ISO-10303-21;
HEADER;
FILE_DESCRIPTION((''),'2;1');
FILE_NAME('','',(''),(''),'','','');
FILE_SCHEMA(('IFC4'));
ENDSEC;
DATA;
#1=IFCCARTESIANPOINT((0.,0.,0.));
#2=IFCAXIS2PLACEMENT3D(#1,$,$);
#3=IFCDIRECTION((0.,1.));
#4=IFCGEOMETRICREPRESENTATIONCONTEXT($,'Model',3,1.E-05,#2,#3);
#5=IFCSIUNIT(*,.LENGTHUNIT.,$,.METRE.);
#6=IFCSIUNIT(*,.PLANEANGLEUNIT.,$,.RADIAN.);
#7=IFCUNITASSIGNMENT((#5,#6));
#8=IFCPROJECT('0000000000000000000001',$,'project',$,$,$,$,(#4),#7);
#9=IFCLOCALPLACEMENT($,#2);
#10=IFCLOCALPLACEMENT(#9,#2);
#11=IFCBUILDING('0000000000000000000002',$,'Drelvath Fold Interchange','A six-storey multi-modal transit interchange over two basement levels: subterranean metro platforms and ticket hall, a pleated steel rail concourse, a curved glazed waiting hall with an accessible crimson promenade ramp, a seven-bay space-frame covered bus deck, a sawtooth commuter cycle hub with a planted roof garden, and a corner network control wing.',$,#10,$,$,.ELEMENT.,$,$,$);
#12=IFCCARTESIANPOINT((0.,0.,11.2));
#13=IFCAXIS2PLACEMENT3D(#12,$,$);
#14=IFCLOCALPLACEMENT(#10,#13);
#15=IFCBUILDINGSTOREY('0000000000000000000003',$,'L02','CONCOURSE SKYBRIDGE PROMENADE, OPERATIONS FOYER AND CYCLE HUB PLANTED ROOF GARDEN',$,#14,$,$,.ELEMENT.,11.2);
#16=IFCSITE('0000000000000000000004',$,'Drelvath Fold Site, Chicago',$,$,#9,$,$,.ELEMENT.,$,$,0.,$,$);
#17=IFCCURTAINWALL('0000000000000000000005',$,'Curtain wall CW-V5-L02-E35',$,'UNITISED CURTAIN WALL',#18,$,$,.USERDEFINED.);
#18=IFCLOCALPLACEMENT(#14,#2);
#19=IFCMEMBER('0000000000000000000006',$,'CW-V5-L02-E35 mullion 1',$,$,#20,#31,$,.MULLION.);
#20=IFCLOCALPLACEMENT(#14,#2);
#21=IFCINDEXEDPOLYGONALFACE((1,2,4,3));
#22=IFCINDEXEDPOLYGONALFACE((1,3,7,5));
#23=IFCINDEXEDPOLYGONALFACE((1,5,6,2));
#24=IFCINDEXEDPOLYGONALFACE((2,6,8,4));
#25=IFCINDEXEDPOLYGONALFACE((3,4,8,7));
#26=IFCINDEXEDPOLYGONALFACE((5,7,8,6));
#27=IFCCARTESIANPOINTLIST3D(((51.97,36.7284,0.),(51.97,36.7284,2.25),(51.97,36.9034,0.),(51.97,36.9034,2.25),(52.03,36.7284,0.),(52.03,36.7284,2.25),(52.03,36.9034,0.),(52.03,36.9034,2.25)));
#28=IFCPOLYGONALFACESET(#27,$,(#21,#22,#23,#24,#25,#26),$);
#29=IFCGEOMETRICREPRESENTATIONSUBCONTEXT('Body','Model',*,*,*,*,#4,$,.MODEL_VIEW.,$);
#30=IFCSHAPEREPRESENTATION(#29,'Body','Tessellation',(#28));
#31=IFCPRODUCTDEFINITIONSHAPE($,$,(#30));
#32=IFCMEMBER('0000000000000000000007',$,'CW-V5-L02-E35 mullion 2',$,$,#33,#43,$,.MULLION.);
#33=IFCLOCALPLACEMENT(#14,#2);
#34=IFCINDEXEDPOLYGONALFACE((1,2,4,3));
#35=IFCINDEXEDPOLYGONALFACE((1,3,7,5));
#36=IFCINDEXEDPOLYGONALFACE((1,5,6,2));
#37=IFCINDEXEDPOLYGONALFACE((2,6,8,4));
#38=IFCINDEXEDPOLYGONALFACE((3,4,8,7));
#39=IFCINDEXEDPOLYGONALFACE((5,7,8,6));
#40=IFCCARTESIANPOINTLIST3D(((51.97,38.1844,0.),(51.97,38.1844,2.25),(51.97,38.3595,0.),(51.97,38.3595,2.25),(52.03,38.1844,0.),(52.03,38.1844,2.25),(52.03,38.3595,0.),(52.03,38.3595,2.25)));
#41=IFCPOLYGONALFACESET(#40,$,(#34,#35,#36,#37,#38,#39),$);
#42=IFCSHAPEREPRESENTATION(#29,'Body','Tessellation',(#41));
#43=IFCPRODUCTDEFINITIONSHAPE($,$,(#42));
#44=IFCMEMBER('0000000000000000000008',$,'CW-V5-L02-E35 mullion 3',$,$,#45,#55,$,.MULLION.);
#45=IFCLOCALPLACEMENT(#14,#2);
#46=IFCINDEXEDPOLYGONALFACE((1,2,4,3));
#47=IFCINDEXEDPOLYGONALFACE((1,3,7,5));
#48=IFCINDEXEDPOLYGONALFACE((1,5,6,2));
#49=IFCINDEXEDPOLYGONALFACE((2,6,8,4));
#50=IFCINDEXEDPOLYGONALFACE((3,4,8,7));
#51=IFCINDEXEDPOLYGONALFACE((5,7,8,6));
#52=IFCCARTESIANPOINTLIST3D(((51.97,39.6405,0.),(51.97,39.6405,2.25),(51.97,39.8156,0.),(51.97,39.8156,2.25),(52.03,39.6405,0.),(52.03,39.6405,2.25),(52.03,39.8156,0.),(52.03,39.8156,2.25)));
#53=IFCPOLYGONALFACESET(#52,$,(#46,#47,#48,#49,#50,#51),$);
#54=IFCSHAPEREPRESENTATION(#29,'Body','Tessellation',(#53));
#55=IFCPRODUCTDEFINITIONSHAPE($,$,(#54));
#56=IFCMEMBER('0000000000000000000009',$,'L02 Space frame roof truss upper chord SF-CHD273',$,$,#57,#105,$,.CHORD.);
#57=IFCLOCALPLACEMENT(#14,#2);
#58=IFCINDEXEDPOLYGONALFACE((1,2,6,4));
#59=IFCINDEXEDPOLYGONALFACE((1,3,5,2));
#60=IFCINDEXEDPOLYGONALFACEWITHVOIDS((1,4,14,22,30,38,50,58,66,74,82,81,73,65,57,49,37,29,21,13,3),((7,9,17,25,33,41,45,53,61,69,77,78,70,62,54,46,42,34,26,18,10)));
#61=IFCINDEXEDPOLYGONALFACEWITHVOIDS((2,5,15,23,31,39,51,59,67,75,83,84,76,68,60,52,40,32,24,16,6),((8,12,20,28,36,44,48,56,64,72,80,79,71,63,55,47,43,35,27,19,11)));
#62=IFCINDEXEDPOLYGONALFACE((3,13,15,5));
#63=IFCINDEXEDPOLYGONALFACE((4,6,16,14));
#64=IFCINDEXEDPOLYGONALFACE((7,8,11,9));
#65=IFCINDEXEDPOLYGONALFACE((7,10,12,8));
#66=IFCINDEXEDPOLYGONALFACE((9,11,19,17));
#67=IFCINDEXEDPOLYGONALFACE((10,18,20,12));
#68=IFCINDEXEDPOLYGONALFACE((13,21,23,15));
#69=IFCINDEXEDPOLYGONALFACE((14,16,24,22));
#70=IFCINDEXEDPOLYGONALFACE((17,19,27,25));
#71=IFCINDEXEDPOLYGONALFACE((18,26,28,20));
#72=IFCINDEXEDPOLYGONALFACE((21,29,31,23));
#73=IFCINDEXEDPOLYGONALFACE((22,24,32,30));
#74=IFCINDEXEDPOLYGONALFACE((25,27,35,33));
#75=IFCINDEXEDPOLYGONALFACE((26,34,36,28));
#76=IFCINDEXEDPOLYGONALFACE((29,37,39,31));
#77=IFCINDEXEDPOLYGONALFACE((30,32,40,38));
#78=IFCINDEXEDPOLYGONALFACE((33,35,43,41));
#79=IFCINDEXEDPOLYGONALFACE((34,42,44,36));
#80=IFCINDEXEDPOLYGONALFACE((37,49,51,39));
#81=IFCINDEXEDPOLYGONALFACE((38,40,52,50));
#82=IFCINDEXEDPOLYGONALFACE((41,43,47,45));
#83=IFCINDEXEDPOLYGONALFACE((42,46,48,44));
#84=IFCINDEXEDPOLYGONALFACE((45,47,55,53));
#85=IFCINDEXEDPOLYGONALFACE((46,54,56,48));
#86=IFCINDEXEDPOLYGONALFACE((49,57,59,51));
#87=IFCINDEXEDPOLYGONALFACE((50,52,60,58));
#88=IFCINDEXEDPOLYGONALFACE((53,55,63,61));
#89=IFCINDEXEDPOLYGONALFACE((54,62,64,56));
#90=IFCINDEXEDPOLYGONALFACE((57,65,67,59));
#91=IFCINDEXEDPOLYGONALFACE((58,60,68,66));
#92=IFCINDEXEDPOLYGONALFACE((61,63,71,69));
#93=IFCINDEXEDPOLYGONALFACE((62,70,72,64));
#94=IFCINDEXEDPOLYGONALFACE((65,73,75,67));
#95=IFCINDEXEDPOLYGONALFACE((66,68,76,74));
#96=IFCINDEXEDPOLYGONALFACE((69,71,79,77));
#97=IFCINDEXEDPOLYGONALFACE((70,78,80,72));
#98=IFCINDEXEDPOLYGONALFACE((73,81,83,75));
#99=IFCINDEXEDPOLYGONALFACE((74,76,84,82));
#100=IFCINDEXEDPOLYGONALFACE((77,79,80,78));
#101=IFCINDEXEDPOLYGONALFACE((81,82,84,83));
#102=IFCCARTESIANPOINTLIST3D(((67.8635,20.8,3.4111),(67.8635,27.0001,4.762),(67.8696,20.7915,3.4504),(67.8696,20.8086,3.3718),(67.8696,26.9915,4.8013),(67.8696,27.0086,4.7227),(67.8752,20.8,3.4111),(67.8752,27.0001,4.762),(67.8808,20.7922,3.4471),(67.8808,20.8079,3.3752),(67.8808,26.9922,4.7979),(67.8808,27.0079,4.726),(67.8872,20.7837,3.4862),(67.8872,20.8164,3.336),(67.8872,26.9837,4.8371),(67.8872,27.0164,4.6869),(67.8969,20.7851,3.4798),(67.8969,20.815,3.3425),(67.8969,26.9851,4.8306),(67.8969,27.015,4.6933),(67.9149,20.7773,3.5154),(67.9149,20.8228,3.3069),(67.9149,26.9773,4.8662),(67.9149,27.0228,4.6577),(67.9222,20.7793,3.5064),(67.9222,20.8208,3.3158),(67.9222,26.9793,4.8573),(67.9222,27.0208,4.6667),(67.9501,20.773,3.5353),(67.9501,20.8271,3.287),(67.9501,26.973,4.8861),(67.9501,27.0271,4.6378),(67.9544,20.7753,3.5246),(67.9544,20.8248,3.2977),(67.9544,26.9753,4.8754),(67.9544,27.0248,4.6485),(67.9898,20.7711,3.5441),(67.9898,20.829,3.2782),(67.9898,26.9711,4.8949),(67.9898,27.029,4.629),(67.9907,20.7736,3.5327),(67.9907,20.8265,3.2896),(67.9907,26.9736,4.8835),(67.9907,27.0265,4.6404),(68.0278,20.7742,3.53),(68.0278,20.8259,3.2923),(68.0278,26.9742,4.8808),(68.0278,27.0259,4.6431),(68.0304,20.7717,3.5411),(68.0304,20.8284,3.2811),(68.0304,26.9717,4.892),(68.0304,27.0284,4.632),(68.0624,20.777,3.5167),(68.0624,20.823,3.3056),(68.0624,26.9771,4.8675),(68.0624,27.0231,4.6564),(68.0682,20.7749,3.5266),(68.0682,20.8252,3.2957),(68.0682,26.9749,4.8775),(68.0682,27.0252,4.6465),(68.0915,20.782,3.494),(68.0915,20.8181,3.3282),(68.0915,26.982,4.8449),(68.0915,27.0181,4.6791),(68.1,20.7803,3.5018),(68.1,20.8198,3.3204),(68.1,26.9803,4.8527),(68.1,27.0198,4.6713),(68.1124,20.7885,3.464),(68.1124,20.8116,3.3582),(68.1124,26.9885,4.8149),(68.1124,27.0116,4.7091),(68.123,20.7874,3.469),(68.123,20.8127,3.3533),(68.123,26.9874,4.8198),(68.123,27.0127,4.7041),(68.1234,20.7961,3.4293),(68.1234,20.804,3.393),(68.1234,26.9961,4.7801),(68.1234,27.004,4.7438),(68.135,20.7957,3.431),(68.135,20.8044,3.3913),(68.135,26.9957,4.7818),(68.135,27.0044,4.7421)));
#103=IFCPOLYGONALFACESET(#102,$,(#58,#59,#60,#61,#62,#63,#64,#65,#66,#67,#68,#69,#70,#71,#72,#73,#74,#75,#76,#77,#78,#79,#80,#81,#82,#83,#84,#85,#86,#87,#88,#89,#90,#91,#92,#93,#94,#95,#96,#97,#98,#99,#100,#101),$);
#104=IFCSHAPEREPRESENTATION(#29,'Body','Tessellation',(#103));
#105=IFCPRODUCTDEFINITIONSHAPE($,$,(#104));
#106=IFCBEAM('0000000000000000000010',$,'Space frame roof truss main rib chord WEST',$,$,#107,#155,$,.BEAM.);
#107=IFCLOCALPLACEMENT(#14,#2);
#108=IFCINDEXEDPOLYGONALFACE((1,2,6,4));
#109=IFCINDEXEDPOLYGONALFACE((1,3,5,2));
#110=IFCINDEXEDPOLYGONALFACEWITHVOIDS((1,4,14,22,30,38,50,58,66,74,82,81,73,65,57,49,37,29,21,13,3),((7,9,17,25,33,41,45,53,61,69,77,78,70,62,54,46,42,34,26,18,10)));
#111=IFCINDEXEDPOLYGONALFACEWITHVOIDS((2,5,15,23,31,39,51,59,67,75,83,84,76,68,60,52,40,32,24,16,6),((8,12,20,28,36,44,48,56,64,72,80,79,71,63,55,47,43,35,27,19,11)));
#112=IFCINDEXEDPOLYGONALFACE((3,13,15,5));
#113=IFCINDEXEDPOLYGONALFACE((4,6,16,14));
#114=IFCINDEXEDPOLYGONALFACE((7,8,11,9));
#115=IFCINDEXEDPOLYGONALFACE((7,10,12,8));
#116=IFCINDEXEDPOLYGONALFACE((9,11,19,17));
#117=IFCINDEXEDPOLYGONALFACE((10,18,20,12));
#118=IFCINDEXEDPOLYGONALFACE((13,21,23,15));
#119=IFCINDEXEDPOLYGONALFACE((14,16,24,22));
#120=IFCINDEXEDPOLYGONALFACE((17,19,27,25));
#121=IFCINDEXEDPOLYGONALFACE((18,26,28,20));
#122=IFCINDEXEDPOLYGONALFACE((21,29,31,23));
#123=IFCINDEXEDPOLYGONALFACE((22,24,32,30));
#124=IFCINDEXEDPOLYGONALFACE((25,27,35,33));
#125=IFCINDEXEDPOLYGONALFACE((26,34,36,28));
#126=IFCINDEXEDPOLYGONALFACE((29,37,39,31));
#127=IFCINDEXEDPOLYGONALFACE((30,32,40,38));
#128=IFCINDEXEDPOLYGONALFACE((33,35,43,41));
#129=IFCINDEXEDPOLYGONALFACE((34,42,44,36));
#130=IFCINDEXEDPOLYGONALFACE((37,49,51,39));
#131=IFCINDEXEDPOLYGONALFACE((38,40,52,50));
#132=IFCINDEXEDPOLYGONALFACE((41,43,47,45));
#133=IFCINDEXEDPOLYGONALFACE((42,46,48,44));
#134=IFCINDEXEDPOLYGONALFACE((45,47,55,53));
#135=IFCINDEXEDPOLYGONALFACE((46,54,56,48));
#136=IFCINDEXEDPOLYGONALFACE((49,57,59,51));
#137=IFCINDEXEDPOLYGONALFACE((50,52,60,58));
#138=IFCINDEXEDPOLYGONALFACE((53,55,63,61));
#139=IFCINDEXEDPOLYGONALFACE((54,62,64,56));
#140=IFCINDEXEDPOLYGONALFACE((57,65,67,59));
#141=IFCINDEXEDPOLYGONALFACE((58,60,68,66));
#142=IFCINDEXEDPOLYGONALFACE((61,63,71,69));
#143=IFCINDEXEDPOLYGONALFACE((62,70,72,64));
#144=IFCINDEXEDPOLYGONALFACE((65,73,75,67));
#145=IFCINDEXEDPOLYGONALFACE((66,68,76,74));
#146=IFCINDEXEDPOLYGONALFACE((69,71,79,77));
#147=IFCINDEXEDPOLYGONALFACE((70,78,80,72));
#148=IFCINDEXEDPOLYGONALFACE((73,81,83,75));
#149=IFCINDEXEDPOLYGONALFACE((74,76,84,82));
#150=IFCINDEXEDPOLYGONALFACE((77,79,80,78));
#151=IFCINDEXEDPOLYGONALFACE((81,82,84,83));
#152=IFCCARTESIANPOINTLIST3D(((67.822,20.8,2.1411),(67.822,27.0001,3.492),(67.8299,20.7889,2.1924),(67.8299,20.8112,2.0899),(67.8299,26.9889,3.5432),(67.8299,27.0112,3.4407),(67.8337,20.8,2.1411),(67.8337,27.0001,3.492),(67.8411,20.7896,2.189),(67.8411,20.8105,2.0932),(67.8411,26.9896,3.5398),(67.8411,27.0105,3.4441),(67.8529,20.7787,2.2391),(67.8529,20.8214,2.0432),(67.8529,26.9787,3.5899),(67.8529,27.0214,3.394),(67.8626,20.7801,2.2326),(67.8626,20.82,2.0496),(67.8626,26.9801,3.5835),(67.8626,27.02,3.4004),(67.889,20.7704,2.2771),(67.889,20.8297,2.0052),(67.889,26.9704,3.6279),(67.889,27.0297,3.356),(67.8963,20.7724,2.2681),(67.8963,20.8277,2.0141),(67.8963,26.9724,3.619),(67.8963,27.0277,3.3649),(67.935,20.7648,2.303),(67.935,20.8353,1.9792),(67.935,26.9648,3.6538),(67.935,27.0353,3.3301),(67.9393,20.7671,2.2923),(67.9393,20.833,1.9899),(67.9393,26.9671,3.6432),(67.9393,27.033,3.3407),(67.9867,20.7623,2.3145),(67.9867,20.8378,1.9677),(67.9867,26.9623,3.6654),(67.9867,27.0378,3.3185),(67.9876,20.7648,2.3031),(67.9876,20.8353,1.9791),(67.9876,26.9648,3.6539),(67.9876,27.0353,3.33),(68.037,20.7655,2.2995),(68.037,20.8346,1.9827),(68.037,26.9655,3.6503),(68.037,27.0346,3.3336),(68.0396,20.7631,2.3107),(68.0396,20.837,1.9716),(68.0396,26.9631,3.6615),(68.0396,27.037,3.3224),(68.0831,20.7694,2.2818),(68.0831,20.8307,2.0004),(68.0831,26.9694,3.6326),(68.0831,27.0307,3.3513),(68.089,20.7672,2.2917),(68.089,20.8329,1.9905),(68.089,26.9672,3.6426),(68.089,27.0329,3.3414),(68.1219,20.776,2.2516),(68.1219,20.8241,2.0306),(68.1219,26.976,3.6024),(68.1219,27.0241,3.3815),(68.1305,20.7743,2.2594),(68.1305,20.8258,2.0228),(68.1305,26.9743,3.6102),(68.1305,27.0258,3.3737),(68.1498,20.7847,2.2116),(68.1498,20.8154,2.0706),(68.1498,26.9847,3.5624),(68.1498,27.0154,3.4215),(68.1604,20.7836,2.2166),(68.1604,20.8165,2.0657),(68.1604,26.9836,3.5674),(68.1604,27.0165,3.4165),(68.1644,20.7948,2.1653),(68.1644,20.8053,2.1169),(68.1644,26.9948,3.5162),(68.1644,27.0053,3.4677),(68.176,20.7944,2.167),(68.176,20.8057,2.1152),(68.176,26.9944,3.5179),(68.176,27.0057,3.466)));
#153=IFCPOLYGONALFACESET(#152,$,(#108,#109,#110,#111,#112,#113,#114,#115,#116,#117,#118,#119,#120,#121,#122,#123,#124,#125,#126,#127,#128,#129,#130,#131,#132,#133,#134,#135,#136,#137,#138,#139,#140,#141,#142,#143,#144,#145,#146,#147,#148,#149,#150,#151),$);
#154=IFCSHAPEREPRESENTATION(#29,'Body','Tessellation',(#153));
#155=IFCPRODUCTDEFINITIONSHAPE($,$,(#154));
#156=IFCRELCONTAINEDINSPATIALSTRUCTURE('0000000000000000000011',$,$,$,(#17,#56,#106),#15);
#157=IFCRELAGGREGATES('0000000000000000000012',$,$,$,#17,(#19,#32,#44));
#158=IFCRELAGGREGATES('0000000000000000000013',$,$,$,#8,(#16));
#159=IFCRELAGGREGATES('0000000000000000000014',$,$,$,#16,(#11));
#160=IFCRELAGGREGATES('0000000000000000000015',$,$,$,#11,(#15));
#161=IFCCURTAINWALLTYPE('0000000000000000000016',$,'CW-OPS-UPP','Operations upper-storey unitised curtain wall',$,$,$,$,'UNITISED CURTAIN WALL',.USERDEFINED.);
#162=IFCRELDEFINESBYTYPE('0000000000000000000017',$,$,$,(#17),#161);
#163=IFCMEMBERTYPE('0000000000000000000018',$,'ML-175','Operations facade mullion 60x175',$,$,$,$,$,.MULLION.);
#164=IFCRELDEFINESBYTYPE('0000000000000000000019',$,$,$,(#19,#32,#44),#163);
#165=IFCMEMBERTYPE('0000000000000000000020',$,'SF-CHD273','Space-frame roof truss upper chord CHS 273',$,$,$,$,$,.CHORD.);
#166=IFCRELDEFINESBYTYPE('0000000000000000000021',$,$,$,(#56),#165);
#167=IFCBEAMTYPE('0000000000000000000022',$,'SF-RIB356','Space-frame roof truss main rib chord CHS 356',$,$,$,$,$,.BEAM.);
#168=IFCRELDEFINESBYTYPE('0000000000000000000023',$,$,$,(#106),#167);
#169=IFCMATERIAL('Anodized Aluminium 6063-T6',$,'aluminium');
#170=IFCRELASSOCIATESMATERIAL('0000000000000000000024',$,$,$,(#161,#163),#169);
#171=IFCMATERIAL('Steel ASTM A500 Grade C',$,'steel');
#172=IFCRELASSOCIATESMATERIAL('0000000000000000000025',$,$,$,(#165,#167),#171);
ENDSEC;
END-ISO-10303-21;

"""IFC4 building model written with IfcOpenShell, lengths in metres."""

from ifc_helpers import new_model, si_unit, direction, frame, origin, origin_2d, place, context, subcontext, project, spatial, rectangle, hollow_circle, extrude, material, material_profile, profile_set, type_object, element, aggregate, save


model = new_model("IFC4")

# Units and contexts
model_context = context("Model", 3, precision=1e-05, world=origin(), true_north=direction((0.0, 1.0)))
body_context = subcontext(model_context, "Body", "Model", "MODEL_VIEW")
ifc_project = project(units=[si_unit("LENGTHUNIT", "METRE"), si_unit("PLANEANGLEUNIT", "RADIAN")], contexts=[model_context])

# Site, building, storey
site_placement = place(None, origin())
site = spatial("IfcSite", under=ifc_project, at=site_placement, Name="Drelvath Fold Site, Chicago", CompositionType="ELEMENT", RefElevation=0.0)
building_placement = place(site_placement, origin())
building = spatial("IfcBuilding", under=site, at=building_placement, Name="Drelvath Fold Interchange", Description="A six-storey multi-modal transit interchange over two basement levels: subterranean metro platforms and ticket hall, a pleated steel rail concourse, a curved glazed waiting hall with an accessible crimson promenade ramp, a seven-bay space-frame covered bus deck, a sawtooth commuter cycle hub with a planted roof garden, and a corner network control wing.", CompositionType="ELEMENT")
storey_placement = place(building_placement, frame((0.0, 0.0, 11.2)))
storey = spatial("IfcBuildingStorey", under=building, at=storey_placement, Name="L02", Description="CONCOURSE SKYBRIDGE PROMENADE, OPERATIONS FOYER AND CYCLE HUB PLANTED ROOF GARDEN", CompositionType="ELEMENT", Elevation=11.2)

# Curtain wall, members
ifc_material_1 = material(Name="Anodized Aluminium 6063-T6", Category="aluminium")
curtain_wall_type = type_object("IfcCurtainWallType", Name="CW-OPS-UPP", Description="Operations upper-storey unitised curtain wall", ElementType="UNITISED CURTAIN WALL", PredefinedType="USERDEFINED", material=ifc_material_1)
curtain_wall_placement = place(storey_placement, origin())
curtain_wall = element("IfcCurtainWall", 1, at=curtain_wall_placement, inside=storey, type_object=curtain_wall_type, Name="Curtain wall CW-V5-L02-E35", ObjectType="UNITISED CURTAIN WALL", PredefinedType="USERDEFINED")
ifc_material_profile_1 = material_profile(ifc_material_1, rectangle(XDim=0.0601, YDim=0.175, at=origin_2d()), Name="AL-M 60x175")
ifc_profile_set_1 = profile_set([ifc_material_profile_1], Name="Anodized Aluminium 6063-T6")
member_type_1 = type_object("IfcMemberType", Name="ML-175", Description="Operations facade mullion 60x175", PredefinedType="MULLION", material=ifc_profile_set_1)
member_1_placement = place(storey_placement, frame((52.0, 36.8159, 0.0), z_axis=(0.0, 0.0, 1.0), x_axis=(1.0, 0.0, 0.0)))
member_1 = element("IfcMember", 2, at=member_1_placement, type_object=member_type_1, Name="CW-V5-L02-E35 mullion 1", PredefinedType="MULLION", context=body_context, shape_type="SweptSolid", body=[
    extrude(rectangle(XDim=0.0601, YDim=0.175, at=origin_2d()), origin(), (0.0, 0.0, 1.0), 2.25),
])
member_2_placement = place(storey_placement, frame((52.0, 38.272, 0.0), z_axis=(0.0, 0.0, 1.0), x_axis=(1.0, 0.0, 0.0)))
member_2 = element("IfcMember", 3, at=member_2_placement, type_object=member_type_1, Name="CW-V5-L02-E35 mullion 2", PredefinedType="MULLION", context=body_context, shape_type="SweptSolid", body=[
    extrude(rectangle(XDim=0.0601, YDim=0.175, at=origin_2d()), origin(), (0.0, 0.0, 1.0), 2.25),
])
member_3_placement = place(storey_placement, frame((52.0, 39.728, 0.0), z_axis=(0.0, 0.0, 1.0), x_axis=(1.0, 0.0, 0.0)))
member_3 = element("IfcMember", 4, at=member_3_placement, type_object=member_type_1, Name="CW-V5-L02-E35 mullion 3", PredefinedType="MULLION", context=body_context, shape_type="SweptSolid", body=[
    extrude(rectangle(XDim=0.0601, YDim=0.175, at=origin_2d()), origin(), (0.0, 0.0, 1.0), 2.25),
])

# Member
ifc_material_2 = material(Name="Steel ASTM A500 Grade C", Category="steel")
ifc_material_profile_2 = material_profile(ifc_material_2, hollow_circle(Radius=0.1365, WallThickness=0.0117, at=origin_2d()), Name="HSS10.750X0.500")
ifc_profile_set_2 = profile_set([ifc_material_profile_2], Name="Steel ASTM A500 Grade C")
member_type_2 = type_object("IfcMemberType", Name="SF-CHD273", Description="Space-frame roof truss upper chord CHS 273", PredefinedType="CHORD", material=ifc_profile_set_2)
member_4_placement = place(storey_placement, frame((68.0, 20.8, 3.4111), z_axis=(0.0, 0.977078, 0.212883), x_axis=(-1.0, 0.0, 0.0)))
element("IfcMember", 5, at=member_4_placement, inside=storey, type_object=member_type_2, Name="L02 Space frame roof truss upper chord SF-CHD273", PredefinedType="CHORD", context=body_context, shape_type="SweptSolid", body=[
    extrude(hollow_circle(Radius=0.1365, WallThickness=0.0117, at=origin_2d()), origin(), (0.0, 0.0, 1.0), 6.3455),
])

# Beam
ifc_material_profile_3 = material_profile(ifc_material_2, hollow_circle(Radius=0.178, WallThickness=0.0117, at=origin_2d()), Name="HSS14.000X0.500")
ifc_profile_set_3 = profile_set([ifc_material_profile_3], Name="Steel ASTM A500 Grade C")
beam_type_1 = type_object("IfcBeamType", Name="SF-RIB356", Description="Space-frame roof truss main rib chord CHS 356", PredefinedType="BEAM", material=ifc_profile_set_3)
beam_1_placement = place(storey_placement, frame((68.0, 20.8, 2.1411), z_axis=(0.0, 0.977078, 0.212883), x_axis=(-1.0, 0.0, 0.0)))
element("IfcBeam", 6, at=beam_1_placement, inside=storey, type_object=beam_type_1, Name="Space frame roof truss main rib chord WEST", PredefinedType="BEAM", context=body_context, shape_type="SweptSolid", body=[
    extrude(hollow_circle(Radius=0.178, WallThickness=0.0117, at=origin_2d()), origin(), (0.0, 0.0, 1.0), 6.3455),
])

aggregate(curtain_wall, [member_1, member_2, member_3])

save(model, "model.ifc")
